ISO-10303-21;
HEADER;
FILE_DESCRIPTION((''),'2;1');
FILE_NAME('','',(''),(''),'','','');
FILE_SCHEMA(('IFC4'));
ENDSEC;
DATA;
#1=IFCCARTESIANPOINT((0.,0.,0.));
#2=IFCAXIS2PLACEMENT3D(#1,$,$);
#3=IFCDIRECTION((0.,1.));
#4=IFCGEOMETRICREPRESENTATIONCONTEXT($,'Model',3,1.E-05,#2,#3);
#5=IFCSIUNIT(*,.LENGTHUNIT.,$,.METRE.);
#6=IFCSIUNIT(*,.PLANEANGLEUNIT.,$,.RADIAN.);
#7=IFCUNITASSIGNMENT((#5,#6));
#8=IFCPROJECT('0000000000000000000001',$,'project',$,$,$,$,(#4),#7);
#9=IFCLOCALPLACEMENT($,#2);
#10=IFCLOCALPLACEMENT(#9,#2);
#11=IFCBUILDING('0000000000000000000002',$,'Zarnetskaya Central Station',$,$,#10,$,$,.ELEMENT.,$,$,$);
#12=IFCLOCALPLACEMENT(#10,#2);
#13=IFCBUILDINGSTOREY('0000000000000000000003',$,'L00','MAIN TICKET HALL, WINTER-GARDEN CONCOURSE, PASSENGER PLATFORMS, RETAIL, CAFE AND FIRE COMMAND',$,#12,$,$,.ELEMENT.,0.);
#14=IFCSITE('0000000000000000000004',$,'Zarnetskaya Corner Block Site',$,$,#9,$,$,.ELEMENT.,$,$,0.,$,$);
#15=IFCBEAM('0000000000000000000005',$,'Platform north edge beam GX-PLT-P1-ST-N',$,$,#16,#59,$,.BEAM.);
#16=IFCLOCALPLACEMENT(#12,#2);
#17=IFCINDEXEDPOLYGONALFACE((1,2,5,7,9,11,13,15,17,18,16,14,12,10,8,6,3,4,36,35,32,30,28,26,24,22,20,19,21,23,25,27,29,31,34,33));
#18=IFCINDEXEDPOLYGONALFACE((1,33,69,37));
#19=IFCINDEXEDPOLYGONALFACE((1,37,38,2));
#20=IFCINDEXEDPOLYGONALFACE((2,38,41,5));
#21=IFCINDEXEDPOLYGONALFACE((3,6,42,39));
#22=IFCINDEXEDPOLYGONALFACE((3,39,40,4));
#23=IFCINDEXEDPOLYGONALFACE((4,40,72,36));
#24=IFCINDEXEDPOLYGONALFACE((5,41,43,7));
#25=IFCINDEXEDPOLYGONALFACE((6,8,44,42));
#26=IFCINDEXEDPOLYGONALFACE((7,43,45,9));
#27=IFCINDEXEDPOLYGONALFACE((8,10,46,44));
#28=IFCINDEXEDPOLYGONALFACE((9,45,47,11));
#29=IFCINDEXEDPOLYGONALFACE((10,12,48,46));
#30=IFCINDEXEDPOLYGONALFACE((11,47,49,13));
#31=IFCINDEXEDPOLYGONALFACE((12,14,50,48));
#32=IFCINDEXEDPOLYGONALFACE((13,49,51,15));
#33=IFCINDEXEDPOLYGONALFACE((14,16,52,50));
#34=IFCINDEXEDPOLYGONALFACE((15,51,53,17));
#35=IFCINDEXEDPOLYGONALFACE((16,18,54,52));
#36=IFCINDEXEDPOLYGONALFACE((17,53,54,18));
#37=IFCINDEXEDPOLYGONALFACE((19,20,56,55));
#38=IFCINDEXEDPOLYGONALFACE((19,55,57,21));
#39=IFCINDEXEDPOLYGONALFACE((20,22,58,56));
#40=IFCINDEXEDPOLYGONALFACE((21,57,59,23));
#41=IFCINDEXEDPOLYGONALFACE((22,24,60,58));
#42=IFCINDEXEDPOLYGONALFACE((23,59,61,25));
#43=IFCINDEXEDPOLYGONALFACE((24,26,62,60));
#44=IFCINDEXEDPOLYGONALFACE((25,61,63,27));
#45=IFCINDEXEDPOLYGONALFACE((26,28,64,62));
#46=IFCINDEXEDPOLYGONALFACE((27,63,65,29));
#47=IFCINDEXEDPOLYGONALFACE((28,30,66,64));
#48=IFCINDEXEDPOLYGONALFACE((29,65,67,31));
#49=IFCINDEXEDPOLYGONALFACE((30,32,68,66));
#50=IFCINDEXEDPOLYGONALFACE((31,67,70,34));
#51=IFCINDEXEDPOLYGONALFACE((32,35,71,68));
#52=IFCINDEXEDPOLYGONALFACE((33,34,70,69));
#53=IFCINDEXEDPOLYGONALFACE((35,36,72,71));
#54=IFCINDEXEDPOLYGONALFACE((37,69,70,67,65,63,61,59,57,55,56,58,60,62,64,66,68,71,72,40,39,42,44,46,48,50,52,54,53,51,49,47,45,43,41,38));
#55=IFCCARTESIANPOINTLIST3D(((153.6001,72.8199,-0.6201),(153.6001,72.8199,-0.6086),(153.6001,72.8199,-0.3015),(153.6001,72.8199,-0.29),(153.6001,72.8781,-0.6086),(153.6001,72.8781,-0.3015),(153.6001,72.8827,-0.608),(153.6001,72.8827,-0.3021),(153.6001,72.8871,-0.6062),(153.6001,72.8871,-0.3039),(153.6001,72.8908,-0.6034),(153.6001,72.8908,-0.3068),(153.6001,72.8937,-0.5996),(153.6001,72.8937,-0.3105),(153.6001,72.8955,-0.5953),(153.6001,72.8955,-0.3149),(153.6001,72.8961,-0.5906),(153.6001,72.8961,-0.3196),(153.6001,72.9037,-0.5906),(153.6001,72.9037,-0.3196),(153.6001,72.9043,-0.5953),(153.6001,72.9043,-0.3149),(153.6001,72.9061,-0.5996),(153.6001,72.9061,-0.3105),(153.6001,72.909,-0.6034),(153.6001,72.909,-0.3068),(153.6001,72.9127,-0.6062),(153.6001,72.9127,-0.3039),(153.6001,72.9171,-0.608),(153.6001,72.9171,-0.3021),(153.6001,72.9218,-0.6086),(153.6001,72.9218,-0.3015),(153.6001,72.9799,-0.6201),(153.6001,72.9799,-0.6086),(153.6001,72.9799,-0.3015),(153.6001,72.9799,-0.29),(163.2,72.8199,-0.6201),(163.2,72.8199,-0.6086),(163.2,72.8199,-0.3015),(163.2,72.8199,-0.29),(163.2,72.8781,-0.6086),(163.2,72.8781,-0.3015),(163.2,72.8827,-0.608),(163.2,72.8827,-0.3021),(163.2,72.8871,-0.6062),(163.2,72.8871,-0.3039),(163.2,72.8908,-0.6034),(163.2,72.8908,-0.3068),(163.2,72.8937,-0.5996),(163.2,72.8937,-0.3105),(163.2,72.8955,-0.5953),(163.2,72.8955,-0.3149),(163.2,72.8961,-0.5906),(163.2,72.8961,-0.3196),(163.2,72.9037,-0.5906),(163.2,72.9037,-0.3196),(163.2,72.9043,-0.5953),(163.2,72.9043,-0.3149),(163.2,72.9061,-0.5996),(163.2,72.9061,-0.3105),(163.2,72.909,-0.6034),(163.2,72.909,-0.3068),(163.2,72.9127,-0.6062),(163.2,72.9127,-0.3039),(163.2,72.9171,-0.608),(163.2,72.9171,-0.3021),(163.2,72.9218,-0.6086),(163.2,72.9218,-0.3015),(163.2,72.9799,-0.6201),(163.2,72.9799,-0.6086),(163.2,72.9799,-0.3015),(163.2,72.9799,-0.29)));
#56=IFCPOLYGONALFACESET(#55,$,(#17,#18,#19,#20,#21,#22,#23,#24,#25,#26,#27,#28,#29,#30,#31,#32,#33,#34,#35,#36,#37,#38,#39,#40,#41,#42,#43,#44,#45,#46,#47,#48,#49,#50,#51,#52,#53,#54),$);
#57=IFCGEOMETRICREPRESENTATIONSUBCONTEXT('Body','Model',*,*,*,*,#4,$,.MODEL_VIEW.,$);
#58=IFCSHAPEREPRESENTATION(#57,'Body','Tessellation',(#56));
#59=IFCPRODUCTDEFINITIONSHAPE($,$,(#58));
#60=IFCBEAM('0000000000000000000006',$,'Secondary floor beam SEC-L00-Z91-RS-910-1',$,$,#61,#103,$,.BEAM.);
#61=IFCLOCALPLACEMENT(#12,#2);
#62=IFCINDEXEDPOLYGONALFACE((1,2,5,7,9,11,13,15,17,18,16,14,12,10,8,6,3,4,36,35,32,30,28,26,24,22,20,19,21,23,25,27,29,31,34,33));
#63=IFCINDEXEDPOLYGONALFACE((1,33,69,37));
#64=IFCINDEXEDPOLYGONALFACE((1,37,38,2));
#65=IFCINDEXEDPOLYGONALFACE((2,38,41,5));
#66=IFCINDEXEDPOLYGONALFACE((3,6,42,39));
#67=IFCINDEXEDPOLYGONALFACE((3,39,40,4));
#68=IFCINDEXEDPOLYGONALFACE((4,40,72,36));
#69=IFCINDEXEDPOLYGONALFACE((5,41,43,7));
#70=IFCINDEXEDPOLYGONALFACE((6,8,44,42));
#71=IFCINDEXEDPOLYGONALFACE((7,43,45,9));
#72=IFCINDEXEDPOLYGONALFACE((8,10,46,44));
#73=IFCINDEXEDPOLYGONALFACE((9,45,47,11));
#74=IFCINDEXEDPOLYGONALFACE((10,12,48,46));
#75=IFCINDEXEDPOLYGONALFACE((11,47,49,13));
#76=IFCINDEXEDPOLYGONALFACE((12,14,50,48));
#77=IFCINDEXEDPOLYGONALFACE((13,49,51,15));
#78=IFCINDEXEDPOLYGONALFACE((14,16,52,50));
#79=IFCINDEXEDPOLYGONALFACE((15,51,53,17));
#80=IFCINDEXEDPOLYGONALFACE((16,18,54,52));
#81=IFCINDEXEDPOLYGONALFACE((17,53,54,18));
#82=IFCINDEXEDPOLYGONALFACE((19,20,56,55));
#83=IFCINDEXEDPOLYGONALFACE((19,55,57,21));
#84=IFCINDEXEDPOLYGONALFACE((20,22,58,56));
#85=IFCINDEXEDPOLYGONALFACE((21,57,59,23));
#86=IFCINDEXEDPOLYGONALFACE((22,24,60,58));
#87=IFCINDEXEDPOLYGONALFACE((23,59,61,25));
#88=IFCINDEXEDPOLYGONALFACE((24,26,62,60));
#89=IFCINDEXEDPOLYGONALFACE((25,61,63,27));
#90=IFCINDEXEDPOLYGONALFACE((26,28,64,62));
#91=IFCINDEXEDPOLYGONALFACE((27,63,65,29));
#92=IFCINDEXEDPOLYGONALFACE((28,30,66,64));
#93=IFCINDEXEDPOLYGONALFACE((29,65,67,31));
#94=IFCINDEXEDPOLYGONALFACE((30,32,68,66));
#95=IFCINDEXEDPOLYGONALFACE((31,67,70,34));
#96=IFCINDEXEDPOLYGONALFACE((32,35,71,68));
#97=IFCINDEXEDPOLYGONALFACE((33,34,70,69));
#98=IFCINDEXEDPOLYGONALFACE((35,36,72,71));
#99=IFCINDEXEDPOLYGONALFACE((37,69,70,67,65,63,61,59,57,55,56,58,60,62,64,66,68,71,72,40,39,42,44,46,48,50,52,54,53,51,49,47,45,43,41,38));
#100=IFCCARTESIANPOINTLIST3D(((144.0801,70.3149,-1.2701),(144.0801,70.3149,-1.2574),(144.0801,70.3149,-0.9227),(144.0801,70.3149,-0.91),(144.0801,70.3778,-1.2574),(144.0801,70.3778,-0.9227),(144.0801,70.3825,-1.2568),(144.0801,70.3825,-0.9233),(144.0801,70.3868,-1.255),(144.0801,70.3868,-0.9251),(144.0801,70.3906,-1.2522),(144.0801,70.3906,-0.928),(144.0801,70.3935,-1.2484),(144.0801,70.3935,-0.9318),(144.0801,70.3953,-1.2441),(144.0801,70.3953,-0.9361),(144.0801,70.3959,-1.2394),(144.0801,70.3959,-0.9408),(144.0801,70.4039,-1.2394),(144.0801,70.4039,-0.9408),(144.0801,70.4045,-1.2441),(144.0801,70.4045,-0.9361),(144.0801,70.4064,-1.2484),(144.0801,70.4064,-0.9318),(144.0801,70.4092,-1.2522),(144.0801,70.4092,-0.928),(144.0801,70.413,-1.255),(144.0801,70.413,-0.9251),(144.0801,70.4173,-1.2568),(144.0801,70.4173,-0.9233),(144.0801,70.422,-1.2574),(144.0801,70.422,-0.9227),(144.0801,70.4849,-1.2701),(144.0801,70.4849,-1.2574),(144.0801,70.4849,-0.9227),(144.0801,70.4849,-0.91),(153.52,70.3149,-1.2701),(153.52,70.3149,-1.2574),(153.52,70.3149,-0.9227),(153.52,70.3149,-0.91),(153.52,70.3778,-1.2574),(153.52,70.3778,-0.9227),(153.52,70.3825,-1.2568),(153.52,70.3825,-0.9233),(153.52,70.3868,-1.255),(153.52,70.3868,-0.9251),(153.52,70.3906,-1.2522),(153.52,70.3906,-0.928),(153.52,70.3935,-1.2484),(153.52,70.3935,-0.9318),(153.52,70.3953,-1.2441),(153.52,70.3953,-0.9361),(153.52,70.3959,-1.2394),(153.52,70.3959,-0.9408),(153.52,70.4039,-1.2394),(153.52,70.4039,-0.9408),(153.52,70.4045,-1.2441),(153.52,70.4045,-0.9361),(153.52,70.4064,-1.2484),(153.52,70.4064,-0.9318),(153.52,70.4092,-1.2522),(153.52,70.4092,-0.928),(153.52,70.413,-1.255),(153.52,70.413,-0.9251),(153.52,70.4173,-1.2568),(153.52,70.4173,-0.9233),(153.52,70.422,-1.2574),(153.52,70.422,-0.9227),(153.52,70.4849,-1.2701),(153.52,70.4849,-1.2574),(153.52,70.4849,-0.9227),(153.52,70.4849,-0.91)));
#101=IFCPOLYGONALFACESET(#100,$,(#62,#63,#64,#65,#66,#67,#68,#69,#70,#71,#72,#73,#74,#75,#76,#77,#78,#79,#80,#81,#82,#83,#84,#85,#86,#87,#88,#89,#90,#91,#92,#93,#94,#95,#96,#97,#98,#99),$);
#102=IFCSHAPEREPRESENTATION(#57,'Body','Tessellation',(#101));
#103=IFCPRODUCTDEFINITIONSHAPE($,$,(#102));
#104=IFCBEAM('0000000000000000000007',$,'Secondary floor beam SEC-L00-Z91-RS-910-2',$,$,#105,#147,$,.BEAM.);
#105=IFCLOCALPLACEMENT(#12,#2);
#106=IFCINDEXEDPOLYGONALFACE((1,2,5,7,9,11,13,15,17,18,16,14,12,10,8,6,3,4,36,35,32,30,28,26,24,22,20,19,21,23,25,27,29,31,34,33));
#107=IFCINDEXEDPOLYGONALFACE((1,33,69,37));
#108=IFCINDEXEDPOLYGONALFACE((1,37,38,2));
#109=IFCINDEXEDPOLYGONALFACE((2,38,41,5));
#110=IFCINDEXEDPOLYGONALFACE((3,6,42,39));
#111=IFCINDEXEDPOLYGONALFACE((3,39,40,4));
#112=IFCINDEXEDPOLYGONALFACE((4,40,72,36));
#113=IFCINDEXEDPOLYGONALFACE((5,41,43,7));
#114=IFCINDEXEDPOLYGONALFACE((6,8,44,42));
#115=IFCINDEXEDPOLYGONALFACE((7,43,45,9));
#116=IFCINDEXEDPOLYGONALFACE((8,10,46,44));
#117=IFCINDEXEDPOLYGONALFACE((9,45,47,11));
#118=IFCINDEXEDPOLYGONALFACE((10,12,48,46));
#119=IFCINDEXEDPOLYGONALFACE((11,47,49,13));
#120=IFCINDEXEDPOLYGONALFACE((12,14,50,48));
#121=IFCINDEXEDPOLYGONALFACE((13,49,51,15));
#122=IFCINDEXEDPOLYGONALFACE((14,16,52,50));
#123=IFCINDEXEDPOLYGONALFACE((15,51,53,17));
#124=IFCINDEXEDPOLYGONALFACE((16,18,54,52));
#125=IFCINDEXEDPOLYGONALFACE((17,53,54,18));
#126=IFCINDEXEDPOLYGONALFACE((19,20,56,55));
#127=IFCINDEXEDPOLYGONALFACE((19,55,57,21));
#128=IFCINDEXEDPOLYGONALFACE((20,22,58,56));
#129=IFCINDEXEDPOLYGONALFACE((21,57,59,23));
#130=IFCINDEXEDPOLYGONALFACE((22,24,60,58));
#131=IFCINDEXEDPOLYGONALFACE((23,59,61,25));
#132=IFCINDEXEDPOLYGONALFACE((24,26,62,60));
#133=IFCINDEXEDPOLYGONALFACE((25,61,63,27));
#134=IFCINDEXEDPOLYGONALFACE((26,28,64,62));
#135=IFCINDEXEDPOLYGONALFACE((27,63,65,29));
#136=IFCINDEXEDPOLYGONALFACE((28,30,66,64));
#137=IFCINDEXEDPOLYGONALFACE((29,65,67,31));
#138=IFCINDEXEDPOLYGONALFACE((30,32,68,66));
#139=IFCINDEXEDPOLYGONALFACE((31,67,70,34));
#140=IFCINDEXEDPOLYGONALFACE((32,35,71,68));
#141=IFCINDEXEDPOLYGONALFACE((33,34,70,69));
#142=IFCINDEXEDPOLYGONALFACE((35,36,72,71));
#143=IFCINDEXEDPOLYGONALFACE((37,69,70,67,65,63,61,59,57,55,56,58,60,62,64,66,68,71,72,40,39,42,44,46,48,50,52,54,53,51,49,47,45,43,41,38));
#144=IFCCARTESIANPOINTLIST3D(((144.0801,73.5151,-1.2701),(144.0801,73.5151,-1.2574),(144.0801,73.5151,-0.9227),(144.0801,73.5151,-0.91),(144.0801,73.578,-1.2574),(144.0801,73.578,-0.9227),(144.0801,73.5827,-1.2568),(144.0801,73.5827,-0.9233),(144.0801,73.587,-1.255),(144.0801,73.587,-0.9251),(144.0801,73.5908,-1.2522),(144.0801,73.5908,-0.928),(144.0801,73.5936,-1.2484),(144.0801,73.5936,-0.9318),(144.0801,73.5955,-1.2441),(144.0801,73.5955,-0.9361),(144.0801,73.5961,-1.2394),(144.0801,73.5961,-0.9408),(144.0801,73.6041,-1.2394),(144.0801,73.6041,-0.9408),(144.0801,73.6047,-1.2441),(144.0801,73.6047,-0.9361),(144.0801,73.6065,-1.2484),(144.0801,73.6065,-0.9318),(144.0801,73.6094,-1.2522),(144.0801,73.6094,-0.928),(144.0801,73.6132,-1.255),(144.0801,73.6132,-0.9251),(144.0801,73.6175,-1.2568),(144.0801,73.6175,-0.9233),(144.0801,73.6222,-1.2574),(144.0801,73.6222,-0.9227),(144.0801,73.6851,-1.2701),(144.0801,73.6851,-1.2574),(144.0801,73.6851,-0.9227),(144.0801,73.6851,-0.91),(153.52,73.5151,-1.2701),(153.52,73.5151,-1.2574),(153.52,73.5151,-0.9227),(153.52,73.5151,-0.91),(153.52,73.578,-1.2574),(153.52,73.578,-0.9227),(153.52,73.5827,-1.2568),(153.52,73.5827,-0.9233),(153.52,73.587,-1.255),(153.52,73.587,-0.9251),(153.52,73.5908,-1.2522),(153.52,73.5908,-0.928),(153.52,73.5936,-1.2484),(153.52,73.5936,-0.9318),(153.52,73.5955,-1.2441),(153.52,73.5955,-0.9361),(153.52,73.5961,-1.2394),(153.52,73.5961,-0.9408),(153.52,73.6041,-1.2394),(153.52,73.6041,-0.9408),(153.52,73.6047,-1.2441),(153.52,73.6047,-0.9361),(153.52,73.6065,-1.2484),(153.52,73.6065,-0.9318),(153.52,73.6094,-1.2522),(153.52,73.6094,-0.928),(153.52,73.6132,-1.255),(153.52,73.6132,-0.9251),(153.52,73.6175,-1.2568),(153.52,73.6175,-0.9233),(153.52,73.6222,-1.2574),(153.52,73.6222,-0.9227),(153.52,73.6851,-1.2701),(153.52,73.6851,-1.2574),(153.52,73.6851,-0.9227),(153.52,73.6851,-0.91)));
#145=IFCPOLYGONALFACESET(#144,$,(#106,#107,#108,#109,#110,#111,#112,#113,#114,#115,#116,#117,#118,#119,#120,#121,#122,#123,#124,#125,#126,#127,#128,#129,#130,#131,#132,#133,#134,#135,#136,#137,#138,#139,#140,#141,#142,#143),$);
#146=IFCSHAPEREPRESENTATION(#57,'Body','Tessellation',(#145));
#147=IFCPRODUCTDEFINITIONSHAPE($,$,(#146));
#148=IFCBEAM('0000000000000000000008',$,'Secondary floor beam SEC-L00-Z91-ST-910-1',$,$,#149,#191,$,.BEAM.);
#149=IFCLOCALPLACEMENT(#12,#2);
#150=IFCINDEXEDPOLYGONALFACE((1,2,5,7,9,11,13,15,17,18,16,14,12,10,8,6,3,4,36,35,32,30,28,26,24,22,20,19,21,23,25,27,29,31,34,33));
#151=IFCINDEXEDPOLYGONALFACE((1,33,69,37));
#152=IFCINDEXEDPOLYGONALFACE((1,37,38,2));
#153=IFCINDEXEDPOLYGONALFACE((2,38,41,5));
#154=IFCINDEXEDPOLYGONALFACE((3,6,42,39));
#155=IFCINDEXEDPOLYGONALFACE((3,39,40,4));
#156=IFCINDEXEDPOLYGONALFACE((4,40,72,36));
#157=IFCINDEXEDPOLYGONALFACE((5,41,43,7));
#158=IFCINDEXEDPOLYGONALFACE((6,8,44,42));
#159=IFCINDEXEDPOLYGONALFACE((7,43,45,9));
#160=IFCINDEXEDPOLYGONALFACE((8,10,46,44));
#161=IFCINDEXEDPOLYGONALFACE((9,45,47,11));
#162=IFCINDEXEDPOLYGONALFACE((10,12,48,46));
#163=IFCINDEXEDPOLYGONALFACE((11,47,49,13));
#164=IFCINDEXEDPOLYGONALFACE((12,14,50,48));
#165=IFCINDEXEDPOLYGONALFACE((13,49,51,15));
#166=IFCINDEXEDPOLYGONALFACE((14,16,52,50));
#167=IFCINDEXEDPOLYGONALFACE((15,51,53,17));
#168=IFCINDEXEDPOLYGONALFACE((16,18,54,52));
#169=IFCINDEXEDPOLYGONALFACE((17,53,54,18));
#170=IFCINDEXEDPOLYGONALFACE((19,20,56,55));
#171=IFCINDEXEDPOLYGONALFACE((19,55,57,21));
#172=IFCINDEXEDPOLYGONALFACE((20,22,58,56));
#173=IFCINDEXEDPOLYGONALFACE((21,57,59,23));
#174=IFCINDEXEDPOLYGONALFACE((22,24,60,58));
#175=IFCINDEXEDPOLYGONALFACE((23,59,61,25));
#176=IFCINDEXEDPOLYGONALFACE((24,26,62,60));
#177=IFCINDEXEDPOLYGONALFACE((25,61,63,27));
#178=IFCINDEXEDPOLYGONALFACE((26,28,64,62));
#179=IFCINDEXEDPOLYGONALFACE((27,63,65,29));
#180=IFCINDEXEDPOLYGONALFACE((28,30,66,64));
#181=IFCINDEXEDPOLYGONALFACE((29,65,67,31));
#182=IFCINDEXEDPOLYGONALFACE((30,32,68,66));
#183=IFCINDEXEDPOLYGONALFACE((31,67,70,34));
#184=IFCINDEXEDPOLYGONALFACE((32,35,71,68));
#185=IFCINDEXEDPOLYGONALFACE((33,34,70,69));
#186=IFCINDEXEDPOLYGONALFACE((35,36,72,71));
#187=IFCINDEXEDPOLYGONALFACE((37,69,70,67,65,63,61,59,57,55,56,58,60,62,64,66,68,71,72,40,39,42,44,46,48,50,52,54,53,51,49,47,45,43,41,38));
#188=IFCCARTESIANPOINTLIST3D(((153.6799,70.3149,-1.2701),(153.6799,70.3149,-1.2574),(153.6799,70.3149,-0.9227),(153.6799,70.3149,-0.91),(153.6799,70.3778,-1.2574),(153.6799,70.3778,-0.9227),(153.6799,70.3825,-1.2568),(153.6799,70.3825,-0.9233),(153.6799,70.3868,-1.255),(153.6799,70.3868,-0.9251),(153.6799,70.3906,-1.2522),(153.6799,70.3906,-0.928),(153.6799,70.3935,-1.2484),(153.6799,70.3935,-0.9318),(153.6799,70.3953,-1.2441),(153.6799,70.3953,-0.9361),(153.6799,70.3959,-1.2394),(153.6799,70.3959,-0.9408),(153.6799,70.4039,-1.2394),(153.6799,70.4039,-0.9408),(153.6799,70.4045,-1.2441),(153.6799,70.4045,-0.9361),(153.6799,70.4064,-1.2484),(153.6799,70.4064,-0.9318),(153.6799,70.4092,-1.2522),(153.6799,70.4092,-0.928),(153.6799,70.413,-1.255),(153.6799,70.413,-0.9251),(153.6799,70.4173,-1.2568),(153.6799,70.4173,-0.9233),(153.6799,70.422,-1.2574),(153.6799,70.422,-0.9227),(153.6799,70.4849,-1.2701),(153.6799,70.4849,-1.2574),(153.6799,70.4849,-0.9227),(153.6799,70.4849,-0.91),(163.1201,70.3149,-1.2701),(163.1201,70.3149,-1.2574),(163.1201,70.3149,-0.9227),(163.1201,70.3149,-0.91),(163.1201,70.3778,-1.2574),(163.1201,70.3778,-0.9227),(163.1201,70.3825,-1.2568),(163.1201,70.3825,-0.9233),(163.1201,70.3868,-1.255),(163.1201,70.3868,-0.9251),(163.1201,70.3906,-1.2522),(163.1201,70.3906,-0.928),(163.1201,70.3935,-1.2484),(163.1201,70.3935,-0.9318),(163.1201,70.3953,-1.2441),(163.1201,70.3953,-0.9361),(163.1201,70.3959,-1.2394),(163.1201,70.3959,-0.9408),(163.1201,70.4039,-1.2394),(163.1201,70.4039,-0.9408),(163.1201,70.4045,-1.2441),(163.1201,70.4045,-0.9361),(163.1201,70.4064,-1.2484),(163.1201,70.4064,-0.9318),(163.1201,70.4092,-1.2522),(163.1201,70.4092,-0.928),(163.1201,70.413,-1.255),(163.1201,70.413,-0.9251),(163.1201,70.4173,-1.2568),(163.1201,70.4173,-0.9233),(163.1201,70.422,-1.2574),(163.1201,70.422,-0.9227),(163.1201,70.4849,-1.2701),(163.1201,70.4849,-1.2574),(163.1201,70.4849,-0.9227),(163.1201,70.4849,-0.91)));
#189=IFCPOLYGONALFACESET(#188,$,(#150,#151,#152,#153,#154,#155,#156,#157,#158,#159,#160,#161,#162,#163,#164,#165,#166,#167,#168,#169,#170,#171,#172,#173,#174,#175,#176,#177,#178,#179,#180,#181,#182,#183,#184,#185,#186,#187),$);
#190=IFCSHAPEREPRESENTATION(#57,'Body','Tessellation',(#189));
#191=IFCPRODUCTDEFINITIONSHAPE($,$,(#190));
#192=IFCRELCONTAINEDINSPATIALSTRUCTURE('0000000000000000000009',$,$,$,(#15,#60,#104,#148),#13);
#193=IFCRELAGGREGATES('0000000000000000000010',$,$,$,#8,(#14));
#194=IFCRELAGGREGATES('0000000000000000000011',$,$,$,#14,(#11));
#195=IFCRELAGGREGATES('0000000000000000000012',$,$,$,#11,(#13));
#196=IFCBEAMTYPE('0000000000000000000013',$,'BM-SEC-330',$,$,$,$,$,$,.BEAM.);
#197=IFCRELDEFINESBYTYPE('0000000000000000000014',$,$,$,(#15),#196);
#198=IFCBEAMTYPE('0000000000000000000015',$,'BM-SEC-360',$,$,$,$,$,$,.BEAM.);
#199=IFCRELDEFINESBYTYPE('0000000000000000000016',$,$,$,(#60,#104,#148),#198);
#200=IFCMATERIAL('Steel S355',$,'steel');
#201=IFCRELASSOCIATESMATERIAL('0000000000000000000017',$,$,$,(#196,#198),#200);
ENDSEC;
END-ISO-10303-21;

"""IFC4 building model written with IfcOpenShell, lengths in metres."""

from ifc_helpers import new_model, si_unit, direction, frame, origin, origin_2d, place, context, subcontext, project, spatial, i_section, extrude, material, material_profile, profile_set, type_object, element, save


model = new_model("IFC4")

# Units and contexts
model_context = context("Model", 3, precision=1e-05, world=origin(), true_north=direction((0.0, 1.0)))
body_context = subcontext(model_context, "Body", "Model", "MODEL_VIEW")
ifc_project = project(units=[si_unit("LENGTHUNIT", "METRE"), si_unit("PLANEANGLEUNIT", "RADIAN")], contexts=[model_context])

# Site, building, storey
site_placement = place(None, origin())
site = spatial("IfcSite", under=ifc_project, at=site_placement, Name="Zarnetskaya Corner Block Site", CompositionType="ELEMENT", RefElevation=0.0)
building_placement = place(site_placement, origin())
building = spatial("IfcBuilding", under=site, at=building_placement, Name="Zarnetskaya Central Station", CompositionType="ELEMENT")
storey_placement = place(building_placement, origin())
storey = spatial("IfcBuildingStorey", under=building, at=storey_placement, Name="L00", Description="MAIN TICKET HALL, WINTER-GARDEN CONCOURSE, PASSENGER PLATFORMS, RETAIL, CAFE AND FIRE COMMAND", CompositionType="ELEMENT", Elevation=0.0)

# Shared definitions
ifc_material = material(Name="Steel S355", Category="steel")

# Beams
ifc_material_profile_1 = material_profile(ifc_material, i_section(OverallWidth=0.1599, OverallDepth=0.3301, WebThickness=0.0076, FlangeThickness=0.0115, FilletRadius=0.0181, at=origin_2d()), Name="IPE 330")
ifc_profile_set_1 = profile_set([ifc_material_profile_1], Name="Steel S355")
beam_type_1 = type_object("IfcBeamType", Name="BM-SEC-330", PredefinedType="BEAM", material=ifc_profile_set_1)
beam_1_placement = place(storey_placement, frame((153.6001, 72.8999, -0.4551), z_axis=(1.0, 0.0, 0.0), x_axis=(0.0, 1.0, 0.0)))
element("IfcBeam", 1, at=beam_1_placement, inside=storey, type_object=beam_type_1, Name="Platform north edge beam GX-PLT-P1-ST-N", PredefinedType="BEAM", context=body_context, shape_type="SweptSolid", body=[
    extrude(i_section(OverallWidth=0.1599, OverallDepth=0.3301, WebThickness=0.0076, FlangeThickness=0.0115, FilletRadius=0.0181, at=origin_2d()), origin(), (0.0, 0.0, 1.0), 9.5999),
])
ifc_material_profile_2 = material_profile(ifc_material, i_section(OverallWidth=0.1699, OverallDepth=0.3601, WebThickness=0.0081, FlangeThickness=0.0127, FilletRadius=0.0181, at=origin_2d()), Name="IPE 360")
ifc_profile_set_2 = profile_set([ifc_material_profile_2], Name="Steel S355")
beam_type_2 = type_object("IfcBeamType", Name="BM-SEC-360", PredefinedType="BEAM", material=ifc_profile_set_2)
for number, where, z_axis, x_axis, name in (
    (2, (144.0801, 70.3999, -1.0901), (1.0, 0.0, 0.0), (0.0, 1.0, 0.0), "Secondary floor beam SEC-L00-Z91-RS-910-1"),
    (3, (144.0801, 73.6001, -1.0901), (1.0, 0.0, 0.0), (0.0, 1.0, 0.0), "Secondary floor beam SEC-L00-Z91-RS-910-2"),
):
    element("IfcBeam", number, at=place(storey_placement, frame(where, z_axis=z_axis, x_axis=x_axis)), inside=storey, type_object=beam_type_2, Name=name, PredefinedType="BEAM", context=body_context, shape_type="SweptSolid", body=[
        extrude(i_section(OverallWidth=0.1699, OverallDepth=0.3601, WebThickness=0.0081, FlangeThickness=0.0127, FilletRadius=0.0181, at=origin_2d()), origin(), (0.0, 0.0, 1.0), 9.4399),
    ])
for number, where, z_axis, x_axis, name in (
    (4, (153.6799, 70.3999, -1.0901), (1.0, 0.0, 0.0), (0.0, 1.0, 0.0), "Secondary floor beam SEC-L00-Z91-ST-910-1"),
):
    element("IfcBeam", number, at=place(storey_placement, frame(where, z_axis=z_axis, x_axis=x_axis)), inside=storey, type_object=beam_type_2, Name=name, PredefinedType="BEAM", context=body_context, shape_type="SweptSolid", body=[
        extrude(i_section(OverallWidth=0.1699, OverallDepth=0.3601, WebThickness=0.0081, FlangeThickness=0.0127, FilletRadius=0.0181, at=origin_2d()), origin(), (0.0, 0.0, 1.0), 9.4402),
    ])

save(model, "model.ifc")
